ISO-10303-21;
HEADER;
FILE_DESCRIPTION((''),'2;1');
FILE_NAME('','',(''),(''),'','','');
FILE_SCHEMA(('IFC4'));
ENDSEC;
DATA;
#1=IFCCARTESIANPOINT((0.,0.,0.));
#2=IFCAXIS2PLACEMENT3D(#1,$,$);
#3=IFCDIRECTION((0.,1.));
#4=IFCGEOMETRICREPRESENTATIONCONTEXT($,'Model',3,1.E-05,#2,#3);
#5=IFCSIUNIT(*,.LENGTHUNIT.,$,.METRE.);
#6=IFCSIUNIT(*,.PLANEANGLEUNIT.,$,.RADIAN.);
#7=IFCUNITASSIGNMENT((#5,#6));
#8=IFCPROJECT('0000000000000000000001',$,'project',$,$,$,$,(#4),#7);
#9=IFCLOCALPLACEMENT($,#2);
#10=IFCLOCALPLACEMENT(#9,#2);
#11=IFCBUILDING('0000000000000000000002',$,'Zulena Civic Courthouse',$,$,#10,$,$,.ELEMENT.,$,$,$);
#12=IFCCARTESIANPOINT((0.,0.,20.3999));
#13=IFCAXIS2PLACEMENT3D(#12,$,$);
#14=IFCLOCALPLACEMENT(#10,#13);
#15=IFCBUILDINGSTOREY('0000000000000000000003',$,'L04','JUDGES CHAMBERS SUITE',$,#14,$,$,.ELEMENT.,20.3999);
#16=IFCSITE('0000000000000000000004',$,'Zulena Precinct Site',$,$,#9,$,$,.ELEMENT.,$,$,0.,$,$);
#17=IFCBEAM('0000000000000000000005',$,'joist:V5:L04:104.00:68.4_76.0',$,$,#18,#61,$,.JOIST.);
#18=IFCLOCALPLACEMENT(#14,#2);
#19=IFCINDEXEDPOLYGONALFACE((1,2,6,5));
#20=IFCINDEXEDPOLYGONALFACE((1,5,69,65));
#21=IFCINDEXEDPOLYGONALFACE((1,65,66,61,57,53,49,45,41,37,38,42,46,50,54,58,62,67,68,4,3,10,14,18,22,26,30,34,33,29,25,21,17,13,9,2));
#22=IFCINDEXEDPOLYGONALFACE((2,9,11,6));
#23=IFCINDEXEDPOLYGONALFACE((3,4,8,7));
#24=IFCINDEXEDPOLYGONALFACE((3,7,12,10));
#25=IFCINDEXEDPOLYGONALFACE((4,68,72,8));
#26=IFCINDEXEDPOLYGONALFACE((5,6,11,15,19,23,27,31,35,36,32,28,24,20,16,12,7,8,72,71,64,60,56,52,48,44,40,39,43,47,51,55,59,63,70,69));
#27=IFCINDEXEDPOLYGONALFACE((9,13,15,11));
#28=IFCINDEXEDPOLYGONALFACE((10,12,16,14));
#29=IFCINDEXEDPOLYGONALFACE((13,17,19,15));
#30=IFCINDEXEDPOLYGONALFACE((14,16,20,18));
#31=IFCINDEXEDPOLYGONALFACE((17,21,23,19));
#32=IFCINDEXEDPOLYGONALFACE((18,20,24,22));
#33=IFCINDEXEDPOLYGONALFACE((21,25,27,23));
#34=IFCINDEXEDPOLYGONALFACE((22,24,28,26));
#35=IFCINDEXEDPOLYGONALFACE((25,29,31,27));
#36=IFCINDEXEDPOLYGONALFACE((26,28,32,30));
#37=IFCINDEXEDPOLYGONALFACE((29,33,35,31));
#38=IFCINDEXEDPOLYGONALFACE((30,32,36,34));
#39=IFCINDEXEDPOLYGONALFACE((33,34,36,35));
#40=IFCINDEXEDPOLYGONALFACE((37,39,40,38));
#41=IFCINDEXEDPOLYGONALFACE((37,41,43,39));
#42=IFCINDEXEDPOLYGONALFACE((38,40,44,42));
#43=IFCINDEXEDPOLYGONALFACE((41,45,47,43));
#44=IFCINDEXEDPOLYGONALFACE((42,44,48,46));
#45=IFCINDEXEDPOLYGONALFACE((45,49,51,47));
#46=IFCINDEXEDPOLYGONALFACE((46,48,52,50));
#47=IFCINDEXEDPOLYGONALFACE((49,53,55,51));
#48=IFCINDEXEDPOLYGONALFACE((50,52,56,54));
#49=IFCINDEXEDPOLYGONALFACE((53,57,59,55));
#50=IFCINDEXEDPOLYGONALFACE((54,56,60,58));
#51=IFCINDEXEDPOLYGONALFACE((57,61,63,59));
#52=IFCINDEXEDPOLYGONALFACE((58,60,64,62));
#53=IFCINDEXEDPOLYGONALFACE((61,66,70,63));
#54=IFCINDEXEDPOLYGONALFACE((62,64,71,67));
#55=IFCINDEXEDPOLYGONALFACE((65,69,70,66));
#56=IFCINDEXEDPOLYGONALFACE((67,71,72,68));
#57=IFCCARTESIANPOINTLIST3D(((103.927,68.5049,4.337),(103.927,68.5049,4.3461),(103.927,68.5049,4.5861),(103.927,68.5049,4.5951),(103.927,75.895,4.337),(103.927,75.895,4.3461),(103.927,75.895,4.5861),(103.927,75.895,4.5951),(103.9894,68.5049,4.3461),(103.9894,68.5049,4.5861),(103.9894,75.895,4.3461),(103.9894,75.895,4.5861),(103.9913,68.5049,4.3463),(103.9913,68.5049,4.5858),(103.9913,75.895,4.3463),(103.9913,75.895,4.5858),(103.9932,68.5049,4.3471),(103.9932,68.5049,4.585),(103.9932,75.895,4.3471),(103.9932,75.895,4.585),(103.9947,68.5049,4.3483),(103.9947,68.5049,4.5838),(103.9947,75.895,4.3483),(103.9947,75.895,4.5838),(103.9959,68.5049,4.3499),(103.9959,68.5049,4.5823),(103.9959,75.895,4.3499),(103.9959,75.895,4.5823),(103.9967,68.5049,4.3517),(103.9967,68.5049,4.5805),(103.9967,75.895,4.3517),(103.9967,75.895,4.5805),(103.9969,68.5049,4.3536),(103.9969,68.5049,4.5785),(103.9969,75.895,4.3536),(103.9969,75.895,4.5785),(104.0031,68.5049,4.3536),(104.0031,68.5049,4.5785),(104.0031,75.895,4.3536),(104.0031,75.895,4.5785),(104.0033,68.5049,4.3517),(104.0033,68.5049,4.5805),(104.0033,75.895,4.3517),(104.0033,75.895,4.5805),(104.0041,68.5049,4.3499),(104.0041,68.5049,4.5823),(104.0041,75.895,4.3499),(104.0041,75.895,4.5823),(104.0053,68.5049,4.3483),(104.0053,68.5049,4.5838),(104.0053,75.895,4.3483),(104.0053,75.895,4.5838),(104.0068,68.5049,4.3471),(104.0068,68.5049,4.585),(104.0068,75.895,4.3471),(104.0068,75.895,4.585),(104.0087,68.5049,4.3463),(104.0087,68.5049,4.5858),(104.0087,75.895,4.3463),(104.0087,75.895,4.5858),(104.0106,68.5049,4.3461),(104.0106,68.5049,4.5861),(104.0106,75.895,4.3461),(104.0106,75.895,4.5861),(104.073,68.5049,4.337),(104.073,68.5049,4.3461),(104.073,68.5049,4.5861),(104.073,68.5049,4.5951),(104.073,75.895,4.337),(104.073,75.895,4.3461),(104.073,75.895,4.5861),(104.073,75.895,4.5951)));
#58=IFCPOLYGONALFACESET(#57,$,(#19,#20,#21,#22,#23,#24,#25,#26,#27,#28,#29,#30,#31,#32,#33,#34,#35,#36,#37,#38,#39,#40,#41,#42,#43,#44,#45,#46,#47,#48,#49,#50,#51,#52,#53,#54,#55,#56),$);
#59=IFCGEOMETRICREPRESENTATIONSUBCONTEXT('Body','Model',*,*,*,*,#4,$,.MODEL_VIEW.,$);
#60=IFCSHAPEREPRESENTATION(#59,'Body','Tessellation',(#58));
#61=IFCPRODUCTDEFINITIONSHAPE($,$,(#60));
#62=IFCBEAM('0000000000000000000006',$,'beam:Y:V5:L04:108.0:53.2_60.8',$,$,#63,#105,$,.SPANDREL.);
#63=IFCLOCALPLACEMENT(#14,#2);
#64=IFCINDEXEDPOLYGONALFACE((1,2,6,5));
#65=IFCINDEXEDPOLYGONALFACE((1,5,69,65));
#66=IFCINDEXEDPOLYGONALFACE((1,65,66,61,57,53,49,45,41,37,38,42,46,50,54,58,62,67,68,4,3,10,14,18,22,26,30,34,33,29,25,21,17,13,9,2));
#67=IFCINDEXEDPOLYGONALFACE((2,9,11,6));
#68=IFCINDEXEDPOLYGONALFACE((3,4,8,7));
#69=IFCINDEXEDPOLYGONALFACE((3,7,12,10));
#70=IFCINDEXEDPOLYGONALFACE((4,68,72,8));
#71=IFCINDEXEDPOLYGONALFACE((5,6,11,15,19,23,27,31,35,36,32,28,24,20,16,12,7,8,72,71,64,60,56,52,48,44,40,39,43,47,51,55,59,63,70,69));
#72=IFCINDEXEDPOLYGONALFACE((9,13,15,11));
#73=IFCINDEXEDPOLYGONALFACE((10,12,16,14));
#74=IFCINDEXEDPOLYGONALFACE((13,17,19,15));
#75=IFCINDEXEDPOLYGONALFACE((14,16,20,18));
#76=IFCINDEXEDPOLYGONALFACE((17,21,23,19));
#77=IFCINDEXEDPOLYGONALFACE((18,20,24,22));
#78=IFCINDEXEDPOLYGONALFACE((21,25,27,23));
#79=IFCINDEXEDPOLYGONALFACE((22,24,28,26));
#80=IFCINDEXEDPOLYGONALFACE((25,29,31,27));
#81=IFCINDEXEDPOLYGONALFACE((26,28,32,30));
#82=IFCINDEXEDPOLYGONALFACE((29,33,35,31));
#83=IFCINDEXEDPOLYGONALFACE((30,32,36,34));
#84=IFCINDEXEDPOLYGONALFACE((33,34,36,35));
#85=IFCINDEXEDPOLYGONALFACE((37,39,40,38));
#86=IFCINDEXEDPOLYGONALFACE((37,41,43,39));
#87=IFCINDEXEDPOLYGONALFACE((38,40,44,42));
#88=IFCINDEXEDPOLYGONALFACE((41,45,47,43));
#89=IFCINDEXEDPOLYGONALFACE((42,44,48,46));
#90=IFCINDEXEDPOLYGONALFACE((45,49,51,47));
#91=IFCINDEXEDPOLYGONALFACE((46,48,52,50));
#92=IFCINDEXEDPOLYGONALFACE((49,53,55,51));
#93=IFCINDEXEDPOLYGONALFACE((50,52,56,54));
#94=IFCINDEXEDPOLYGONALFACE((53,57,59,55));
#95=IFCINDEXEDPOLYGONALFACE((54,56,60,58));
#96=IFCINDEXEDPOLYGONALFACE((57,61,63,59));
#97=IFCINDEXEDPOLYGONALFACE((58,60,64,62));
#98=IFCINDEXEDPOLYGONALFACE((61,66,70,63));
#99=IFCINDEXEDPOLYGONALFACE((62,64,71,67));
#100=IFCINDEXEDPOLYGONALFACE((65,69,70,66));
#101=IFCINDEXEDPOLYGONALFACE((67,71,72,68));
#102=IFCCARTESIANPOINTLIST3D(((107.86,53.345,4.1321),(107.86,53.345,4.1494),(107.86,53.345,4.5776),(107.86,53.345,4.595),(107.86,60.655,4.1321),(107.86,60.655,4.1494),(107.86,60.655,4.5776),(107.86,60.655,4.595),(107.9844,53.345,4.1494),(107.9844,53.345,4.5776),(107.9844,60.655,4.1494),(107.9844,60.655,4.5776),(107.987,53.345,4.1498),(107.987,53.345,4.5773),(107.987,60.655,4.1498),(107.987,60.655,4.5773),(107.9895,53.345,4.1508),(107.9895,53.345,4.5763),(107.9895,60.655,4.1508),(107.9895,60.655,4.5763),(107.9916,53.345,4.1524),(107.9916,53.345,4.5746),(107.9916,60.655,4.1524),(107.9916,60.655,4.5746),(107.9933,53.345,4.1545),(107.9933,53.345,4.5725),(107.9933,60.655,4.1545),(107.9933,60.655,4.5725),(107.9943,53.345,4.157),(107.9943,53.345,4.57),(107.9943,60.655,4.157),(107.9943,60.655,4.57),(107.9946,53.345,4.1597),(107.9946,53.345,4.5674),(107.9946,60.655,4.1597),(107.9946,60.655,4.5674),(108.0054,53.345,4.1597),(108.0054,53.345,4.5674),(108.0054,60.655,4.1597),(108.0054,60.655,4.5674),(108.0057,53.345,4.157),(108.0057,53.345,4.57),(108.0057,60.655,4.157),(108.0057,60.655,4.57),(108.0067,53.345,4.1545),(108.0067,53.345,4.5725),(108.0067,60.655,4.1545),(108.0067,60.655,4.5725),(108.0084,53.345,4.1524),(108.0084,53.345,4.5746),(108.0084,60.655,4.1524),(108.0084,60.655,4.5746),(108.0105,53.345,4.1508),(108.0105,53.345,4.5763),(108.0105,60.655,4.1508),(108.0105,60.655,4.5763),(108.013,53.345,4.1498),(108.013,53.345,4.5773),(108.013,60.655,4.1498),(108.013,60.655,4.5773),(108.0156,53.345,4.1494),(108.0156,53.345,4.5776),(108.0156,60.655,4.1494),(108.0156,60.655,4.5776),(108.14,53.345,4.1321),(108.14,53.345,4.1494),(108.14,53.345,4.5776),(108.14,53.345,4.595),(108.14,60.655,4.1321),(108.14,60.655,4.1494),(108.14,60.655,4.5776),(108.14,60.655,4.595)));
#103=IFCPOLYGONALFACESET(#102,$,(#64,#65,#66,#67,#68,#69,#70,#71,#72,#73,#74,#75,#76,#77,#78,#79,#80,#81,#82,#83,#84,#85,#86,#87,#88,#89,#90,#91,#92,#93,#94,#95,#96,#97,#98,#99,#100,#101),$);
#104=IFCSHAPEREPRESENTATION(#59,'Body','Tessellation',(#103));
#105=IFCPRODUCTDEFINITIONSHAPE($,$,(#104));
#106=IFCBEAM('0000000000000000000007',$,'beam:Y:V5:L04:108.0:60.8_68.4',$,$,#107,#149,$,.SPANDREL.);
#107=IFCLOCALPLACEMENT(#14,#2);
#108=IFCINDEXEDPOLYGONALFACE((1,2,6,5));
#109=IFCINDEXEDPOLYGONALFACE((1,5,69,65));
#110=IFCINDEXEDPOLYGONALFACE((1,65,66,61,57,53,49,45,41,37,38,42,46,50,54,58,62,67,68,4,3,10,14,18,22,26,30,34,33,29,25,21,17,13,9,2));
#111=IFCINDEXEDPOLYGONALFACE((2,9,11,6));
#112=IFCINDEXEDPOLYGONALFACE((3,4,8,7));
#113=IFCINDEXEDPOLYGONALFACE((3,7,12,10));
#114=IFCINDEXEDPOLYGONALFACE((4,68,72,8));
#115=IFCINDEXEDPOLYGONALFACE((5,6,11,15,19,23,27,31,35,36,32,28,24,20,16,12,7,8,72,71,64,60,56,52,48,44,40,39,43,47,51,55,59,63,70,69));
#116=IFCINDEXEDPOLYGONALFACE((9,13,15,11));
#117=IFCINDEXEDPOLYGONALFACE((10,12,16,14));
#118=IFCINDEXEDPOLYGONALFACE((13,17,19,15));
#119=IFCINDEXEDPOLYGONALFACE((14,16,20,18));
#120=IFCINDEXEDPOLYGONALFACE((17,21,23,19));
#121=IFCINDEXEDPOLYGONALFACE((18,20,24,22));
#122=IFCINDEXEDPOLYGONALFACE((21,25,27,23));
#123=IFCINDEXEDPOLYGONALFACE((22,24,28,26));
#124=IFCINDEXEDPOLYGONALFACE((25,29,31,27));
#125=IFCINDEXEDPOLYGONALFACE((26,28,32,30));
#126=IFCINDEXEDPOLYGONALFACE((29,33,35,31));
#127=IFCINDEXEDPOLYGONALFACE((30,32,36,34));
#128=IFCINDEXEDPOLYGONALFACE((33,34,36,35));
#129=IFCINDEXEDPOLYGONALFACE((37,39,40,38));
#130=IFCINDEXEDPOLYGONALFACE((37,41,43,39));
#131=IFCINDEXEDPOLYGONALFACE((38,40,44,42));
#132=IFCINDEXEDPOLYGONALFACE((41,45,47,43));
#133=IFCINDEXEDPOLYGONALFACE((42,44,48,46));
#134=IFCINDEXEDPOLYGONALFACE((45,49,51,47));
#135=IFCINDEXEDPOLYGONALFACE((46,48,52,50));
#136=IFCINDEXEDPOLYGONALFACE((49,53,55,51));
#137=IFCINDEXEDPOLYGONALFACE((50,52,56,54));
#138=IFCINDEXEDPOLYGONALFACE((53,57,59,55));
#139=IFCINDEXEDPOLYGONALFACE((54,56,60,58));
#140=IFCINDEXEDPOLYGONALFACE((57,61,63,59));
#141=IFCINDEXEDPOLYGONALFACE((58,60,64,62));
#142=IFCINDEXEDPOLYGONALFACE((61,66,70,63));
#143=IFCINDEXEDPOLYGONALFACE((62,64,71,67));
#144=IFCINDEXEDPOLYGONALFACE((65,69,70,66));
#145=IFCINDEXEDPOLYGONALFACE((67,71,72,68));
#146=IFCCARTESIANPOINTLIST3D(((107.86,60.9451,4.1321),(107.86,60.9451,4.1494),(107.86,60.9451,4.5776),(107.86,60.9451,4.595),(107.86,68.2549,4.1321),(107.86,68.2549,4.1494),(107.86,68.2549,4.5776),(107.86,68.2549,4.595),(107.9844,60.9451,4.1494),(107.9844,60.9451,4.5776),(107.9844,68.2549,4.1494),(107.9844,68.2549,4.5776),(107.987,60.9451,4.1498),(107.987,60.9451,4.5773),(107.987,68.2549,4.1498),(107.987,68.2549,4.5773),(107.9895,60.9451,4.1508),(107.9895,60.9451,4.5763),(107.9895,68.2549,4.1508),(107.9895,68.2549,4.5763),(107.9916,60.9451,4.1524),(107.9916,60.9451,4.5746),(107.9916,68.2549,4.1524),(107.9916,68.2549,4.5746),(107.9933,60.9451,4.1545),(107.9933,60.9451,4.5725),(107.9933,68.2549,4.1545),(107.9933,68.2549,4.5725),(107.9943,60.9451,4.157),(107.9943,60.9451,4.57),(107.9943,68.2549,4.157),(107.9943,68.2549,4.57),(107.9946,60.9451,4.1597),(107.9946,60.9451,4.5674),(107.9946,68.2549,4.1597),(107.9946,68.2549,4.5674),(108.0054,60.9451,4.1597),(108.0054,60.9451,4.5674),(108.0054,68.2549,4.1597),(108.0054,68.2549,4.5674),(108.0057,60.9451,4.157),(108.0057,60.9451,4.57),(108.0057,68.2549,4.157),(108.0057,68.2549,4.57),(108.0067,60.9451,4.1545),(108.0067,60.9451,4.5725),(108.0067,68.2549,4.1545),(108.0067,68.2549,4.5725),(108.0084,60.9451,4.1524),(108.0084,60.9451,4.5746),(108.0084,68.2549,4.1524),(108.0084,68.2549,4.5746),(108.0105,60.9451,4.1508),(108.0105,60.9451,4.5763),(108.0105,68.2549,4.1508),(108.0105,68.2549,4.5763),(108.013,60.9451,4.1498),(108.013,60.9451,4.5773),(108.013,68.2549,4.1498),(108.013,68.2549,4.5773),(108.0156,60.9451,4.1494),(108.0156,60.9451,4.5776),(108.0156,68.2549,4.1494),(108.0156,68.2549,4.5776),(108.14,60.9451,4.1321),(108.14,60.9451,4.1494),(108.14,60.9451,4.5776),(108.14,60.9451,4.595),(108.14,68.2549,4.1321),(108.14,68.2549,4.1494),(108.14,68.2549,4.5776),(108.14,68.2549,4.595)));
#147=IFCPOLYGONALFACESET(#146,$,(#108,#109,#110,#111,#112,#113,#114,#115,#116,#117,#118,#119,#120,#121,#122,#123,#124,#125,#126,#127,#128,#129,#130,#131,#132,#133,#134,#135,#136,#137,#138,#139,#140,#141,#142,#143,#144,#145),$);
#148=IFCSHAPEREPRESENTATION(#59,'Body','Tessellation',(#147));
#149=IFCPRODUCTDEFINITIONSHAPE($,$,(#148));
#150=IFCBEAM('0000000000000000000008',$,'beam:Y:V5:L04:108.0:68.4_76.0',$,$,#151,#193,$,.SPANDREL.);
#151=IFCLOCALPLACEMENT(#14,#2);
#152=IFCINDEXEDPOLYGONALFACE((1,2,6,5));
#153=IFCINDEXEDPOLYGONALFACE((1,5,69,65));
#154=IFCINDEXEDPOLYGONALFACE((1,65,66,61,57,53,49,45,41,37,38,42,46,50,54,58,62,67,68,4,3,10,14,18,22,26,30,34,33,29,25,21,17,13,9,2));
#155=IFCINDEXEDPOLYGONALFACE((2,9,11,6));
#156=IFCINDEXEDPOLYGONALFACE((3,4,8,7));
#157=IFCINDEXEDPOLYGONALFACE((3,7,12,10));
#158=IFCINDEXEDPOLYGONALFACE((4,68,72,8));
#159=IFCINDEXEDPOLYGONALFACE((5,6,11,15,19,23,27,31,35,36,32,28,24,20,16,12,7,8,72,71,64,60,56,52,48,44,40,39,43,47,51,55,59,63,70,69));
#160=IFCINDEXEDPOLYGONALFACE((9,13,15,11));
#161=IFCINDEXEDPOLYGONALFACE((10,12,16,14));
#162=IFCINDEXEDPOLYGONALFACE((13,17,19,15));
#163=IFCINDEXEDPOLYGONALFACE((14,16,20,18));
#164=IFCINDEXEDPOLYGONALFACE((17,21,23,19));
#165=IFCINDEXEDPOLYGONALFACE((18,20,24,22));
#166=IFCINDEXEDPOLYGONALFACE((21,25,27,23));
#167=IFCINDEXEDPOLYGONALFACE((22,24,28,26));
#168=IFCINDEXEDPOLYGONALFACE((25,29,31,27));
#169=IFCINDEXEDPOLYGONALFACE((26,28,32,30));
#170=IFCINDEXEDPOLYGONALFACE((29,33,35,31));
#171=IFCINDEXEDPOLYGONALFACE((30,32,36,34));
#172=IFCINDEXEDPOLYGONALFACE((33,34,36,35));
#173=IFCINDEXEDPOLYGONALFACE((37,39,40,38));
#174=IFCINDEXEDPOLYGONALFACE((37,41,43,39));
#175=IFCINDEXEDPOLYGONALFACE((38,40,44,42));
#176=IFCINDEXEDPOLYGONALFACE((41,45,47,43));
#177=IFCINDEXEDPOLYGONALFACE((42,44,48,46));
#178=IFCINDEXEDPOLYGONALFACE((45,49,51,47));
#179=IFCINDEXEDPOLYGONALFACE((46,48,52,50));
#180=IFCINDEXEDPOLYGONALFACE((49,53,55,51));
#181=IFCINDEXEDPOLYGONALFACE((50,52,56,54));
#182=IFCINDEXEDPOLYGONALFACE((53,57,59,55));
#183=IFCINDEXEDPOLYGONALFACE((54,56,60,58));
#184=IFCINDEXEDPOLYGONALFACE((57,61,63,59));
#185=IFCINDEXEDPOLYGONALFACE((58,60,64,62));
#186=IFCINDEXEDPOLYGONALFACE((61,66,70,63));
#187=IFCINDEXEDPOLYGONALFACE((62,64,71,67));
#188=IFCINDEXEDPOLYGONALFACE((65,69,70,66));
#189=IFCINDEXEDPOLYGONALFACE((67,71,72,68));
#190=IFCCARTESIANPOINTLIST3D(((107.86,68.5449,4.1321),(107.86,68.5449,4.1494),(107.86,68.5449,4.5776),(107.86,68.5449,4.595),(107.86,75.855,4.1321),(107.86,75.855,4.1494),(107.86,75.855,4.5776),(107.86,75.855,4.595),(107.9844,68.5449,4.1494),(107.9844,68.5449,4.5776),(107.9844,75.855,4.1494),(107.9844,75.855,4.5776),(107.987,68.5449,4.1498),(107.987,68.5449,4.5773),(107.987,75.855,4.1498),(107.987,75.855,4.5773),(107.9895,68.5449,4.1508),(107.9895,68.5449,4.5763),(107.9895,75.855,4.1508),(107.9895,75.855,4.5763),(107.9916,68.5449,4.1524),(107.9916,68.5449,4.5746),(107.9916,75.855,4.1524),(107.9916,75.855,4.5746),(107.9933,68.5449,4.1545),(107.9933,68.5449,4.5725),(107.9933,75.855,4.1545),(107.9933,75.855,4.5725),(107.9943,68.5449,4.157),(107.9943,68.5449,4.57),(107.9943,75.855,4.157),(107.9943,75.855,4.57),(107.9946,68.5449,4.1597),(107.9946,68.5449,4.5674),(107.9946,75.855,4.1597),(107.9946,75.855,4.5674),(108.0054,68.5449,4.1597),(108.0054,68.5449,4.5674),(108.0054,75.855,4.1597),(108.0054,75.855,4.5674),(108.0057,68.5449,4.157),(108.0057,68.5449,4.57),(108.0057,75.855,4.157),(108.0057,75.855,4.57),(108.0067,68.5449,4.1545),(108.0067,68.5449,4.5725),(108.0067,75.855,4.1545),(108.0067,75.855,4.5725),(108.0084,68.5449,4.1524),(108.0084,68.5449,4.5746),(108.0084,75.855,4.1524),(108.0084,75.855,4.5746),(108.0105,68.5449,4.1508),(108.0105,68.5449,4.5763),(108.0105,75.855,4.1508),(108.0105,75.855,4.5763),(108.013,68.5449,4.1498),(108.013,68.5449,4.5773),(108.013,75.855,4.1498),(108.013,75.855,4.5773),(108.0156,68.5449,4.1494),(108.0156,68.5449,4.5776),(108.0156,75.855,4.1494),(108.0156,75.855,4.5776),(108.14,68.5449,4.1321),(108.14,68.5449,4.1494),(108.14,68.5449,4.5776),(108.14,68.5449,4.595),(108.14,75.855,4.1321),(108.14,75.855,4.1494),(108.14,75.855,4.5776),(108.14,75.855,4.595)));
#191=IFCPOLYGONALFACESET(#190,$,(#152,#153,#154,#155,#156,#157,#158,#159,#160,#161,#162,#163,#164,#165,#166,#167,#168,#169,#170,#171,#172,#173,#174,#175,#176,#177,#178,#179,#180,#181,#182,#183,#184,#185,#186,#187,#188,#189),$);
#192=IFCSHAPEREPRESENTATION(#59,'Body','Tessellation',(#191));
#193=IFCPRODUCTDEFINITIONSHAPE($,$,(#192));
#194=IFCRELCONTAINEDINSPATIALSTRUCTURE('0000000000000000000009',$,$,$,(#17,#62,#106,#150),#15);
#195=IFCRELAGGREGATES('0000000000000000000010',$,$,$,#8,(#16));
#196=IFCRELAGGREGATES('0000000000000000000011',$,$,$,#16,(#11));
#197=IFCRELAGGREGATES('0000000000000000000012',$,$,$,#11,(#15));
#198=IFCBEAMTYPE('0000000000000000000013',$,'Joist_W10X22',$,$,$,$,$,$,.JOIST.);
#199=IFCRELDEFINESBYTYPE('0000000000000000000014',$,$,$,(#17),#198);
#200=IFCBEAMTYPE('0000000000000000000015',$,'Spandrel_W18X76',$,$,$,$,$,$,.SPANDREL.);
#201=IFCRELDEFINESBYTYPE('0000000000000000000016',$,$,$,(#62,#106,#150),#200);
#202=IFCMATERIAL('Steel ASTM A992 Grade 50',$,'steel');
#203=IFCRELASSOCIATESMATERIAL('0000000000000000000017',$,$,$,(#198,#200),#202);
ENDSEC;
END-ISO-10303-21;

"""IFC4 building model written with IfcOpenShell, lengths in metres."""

from ifc_helpers import new_model, si_unit, direction, frame, origin, origin_2d, place, context, subcontext, project, spatial, i_section, extrude, material, material_profile, profile_set, type_object, element, save


model = new_model("IFC4")

# Units and contexts
model_context = context("Model", 3, precision=1e-05, world=origin(), true_north=direction((0.0, 1.0)))
body_context = subcontext(model_context, "Body", "Model", "MODEL_VIEW")
ifc_project = project(units=[si_unit("LENGTHUNIT", "METRE"), si_unit("PLANEANGLEUNIT", "RADIAN")], contexts=[model_context])

# Site, building, storey
site_placement = place(None, origin())
site = spatial("IfcSite", under=ifc_project, at=site_placement, Name="Zulena Precinct Site", CompositionType="ELEMENT", RefElevation=0.0)
building_placement = place(site_placement, origin())
building = spatial("IfcBuilding", under=site, at=building_placement, Name="Zulena Civic Courthouse", CompositionType="ELEMENT")
storey_placement = place(building_placement, frame((0.0, 0.0, 20.3999)))
storey = spatial("IfcBuildingStorey", under=building, at=storey_placement, Name="L04", Description="JUDGES CHAMBERS SUITE", CompositionType="ELEMENT", Elevation=20.3999)

# Shared definitions
ifc_material_1 = material(Name="Steel ASTM A992 Grade 50", Category="steel")

# Beams
ifc_material_profile_1 = material_profile(ifc_material_1, i_section(OverallWidth=0.146, OverallDepth=0.2581, WebThickness=0.0061, FlangeThickness=0.009, FilletRadius=0.0076, at=origin_2d()), Name="W10X22")
ifc_profile_set_1 = profile_set([ifc_material_profile_1], Name="Steel ASTM A992 Grade 50")
beam_type_1 = type_object("IfcBeamType", Name="Joist_W10X22", PredefinedType="JOIST", material=ifc_profile_set_1)
beam_1_placement = place(storey_placement, frame((104.0, 68.5049, 4.4661), z_axis=(0.0, 1.0, 0.0), x_axis=(-1.0, 0.0, 0.0)))
element("IfcBeam", 1, at=beam_1_placement, inside=storey, type_object=beam_type_1, Name="joist:V5:L04:104.00:68.4_76.0", PredefinedType="JOIST", context=body_context, shape_type="SweptSolid", body=[
    extrude(i_section(OverallWidth=0.146, OverallDepth=0.2581, WebThickness=0.0061, FlangeThickness=0.009, FilletRadius=0.0076, at=origin_2d()), origin(), (0.0, 0.0, 1.0), 7.3901),
])
ifc_material_profile_2 = material_profile(ifc_material_1, i_section(OverallWidth=0.28, OverallDepth=0.4629, WebThickness=0.0107, FlangeThickness=0.0173, FilletRadius=0.0103, at=origin_2d()), Name="W18X76")
ifc_profile_set_2 = profile_set([ifc_material_profile_2], Name="Steel ASTM A992 Grade 50")
beam_type_2 = type_object("IfcBeamType", Name="Spandrel_W18X76", PredefinedType="SPANDREL", material=ifc_profile_set_2)
beam_2_placement = place(storey_placement, frame((108.0, 53.345, 4.3635), z_axis=(0.0, 1.0, 0.0), x_axis=(-1.0, 0.0, 0.0)))
element("IfcBeam", 2, at=beam_2_placement, inside=storey, type_object=beam_type_2, Name="beam:Y:V5:L04:108.0:53.2_60.8", PredefinedType="SPANDREL", context=body_context, shape_type="SweptSolid", body=[
    extrude(i_section(OverallWidth=0.28, OverallDepth=0.4629, WebThickness=0.0107, FlangeThickness=0.0173, FilletRadius=0.0103, at=origin_2d()), origin(), (0.0, 0.0, 1.0), 7.3101),
])
beam_3_placement = place(storey_placement, frame((108.0, 60.9451, 4.3635), z_axis=(0.0, 1.0, 0.0), x_axis=(-1.0, 0.0, 0.0)))
element("IfcBeam", 3, at=beam_3_placement, inside=storey, type_object=beam_type_2, Name="beam:Y:V5:L04:108.0:60.8_68.4", PredefinedType="SPANDREL", context=body_context, shape_type="SweptSolid", body=[
    extrude(i_section(OverallWidth=0.28, OverallDepth=0.4629, WebThickness=0.0107, FlangeThickness=0.0173, FilletRadius=0.0103, at=origin_2d()), origin(), (0.0, 0.0, 1.0), 7.3098),
])
beam_4_placement = place(storey_placement, frame((108.0, 68.5449, 4.3635), z_axis=(0.0, 1.0, 0.0), x_axis=(-1.0, 0.0, 0.0)))
element("IfcBeam", 4, at=beam_4_placement, inside=storey, type_object=beam_type_2, Name="beam:Y:V5:L04:108.0:68.4_76.0", PredefinedType="SPANDREL", context=body_context, shape_type="SweptSolid", body=[
    extrude(i_section(OverallWidth=0.28, OverallDepth=0.4629, WebThickness=0.0107, FlangeThickness=0.0173, FilletRadius=0.0103, at=origin_2d()), origin(), (0.0, 0.0, 1.0), 7.3101),
])

save(model, "model.ifc")
